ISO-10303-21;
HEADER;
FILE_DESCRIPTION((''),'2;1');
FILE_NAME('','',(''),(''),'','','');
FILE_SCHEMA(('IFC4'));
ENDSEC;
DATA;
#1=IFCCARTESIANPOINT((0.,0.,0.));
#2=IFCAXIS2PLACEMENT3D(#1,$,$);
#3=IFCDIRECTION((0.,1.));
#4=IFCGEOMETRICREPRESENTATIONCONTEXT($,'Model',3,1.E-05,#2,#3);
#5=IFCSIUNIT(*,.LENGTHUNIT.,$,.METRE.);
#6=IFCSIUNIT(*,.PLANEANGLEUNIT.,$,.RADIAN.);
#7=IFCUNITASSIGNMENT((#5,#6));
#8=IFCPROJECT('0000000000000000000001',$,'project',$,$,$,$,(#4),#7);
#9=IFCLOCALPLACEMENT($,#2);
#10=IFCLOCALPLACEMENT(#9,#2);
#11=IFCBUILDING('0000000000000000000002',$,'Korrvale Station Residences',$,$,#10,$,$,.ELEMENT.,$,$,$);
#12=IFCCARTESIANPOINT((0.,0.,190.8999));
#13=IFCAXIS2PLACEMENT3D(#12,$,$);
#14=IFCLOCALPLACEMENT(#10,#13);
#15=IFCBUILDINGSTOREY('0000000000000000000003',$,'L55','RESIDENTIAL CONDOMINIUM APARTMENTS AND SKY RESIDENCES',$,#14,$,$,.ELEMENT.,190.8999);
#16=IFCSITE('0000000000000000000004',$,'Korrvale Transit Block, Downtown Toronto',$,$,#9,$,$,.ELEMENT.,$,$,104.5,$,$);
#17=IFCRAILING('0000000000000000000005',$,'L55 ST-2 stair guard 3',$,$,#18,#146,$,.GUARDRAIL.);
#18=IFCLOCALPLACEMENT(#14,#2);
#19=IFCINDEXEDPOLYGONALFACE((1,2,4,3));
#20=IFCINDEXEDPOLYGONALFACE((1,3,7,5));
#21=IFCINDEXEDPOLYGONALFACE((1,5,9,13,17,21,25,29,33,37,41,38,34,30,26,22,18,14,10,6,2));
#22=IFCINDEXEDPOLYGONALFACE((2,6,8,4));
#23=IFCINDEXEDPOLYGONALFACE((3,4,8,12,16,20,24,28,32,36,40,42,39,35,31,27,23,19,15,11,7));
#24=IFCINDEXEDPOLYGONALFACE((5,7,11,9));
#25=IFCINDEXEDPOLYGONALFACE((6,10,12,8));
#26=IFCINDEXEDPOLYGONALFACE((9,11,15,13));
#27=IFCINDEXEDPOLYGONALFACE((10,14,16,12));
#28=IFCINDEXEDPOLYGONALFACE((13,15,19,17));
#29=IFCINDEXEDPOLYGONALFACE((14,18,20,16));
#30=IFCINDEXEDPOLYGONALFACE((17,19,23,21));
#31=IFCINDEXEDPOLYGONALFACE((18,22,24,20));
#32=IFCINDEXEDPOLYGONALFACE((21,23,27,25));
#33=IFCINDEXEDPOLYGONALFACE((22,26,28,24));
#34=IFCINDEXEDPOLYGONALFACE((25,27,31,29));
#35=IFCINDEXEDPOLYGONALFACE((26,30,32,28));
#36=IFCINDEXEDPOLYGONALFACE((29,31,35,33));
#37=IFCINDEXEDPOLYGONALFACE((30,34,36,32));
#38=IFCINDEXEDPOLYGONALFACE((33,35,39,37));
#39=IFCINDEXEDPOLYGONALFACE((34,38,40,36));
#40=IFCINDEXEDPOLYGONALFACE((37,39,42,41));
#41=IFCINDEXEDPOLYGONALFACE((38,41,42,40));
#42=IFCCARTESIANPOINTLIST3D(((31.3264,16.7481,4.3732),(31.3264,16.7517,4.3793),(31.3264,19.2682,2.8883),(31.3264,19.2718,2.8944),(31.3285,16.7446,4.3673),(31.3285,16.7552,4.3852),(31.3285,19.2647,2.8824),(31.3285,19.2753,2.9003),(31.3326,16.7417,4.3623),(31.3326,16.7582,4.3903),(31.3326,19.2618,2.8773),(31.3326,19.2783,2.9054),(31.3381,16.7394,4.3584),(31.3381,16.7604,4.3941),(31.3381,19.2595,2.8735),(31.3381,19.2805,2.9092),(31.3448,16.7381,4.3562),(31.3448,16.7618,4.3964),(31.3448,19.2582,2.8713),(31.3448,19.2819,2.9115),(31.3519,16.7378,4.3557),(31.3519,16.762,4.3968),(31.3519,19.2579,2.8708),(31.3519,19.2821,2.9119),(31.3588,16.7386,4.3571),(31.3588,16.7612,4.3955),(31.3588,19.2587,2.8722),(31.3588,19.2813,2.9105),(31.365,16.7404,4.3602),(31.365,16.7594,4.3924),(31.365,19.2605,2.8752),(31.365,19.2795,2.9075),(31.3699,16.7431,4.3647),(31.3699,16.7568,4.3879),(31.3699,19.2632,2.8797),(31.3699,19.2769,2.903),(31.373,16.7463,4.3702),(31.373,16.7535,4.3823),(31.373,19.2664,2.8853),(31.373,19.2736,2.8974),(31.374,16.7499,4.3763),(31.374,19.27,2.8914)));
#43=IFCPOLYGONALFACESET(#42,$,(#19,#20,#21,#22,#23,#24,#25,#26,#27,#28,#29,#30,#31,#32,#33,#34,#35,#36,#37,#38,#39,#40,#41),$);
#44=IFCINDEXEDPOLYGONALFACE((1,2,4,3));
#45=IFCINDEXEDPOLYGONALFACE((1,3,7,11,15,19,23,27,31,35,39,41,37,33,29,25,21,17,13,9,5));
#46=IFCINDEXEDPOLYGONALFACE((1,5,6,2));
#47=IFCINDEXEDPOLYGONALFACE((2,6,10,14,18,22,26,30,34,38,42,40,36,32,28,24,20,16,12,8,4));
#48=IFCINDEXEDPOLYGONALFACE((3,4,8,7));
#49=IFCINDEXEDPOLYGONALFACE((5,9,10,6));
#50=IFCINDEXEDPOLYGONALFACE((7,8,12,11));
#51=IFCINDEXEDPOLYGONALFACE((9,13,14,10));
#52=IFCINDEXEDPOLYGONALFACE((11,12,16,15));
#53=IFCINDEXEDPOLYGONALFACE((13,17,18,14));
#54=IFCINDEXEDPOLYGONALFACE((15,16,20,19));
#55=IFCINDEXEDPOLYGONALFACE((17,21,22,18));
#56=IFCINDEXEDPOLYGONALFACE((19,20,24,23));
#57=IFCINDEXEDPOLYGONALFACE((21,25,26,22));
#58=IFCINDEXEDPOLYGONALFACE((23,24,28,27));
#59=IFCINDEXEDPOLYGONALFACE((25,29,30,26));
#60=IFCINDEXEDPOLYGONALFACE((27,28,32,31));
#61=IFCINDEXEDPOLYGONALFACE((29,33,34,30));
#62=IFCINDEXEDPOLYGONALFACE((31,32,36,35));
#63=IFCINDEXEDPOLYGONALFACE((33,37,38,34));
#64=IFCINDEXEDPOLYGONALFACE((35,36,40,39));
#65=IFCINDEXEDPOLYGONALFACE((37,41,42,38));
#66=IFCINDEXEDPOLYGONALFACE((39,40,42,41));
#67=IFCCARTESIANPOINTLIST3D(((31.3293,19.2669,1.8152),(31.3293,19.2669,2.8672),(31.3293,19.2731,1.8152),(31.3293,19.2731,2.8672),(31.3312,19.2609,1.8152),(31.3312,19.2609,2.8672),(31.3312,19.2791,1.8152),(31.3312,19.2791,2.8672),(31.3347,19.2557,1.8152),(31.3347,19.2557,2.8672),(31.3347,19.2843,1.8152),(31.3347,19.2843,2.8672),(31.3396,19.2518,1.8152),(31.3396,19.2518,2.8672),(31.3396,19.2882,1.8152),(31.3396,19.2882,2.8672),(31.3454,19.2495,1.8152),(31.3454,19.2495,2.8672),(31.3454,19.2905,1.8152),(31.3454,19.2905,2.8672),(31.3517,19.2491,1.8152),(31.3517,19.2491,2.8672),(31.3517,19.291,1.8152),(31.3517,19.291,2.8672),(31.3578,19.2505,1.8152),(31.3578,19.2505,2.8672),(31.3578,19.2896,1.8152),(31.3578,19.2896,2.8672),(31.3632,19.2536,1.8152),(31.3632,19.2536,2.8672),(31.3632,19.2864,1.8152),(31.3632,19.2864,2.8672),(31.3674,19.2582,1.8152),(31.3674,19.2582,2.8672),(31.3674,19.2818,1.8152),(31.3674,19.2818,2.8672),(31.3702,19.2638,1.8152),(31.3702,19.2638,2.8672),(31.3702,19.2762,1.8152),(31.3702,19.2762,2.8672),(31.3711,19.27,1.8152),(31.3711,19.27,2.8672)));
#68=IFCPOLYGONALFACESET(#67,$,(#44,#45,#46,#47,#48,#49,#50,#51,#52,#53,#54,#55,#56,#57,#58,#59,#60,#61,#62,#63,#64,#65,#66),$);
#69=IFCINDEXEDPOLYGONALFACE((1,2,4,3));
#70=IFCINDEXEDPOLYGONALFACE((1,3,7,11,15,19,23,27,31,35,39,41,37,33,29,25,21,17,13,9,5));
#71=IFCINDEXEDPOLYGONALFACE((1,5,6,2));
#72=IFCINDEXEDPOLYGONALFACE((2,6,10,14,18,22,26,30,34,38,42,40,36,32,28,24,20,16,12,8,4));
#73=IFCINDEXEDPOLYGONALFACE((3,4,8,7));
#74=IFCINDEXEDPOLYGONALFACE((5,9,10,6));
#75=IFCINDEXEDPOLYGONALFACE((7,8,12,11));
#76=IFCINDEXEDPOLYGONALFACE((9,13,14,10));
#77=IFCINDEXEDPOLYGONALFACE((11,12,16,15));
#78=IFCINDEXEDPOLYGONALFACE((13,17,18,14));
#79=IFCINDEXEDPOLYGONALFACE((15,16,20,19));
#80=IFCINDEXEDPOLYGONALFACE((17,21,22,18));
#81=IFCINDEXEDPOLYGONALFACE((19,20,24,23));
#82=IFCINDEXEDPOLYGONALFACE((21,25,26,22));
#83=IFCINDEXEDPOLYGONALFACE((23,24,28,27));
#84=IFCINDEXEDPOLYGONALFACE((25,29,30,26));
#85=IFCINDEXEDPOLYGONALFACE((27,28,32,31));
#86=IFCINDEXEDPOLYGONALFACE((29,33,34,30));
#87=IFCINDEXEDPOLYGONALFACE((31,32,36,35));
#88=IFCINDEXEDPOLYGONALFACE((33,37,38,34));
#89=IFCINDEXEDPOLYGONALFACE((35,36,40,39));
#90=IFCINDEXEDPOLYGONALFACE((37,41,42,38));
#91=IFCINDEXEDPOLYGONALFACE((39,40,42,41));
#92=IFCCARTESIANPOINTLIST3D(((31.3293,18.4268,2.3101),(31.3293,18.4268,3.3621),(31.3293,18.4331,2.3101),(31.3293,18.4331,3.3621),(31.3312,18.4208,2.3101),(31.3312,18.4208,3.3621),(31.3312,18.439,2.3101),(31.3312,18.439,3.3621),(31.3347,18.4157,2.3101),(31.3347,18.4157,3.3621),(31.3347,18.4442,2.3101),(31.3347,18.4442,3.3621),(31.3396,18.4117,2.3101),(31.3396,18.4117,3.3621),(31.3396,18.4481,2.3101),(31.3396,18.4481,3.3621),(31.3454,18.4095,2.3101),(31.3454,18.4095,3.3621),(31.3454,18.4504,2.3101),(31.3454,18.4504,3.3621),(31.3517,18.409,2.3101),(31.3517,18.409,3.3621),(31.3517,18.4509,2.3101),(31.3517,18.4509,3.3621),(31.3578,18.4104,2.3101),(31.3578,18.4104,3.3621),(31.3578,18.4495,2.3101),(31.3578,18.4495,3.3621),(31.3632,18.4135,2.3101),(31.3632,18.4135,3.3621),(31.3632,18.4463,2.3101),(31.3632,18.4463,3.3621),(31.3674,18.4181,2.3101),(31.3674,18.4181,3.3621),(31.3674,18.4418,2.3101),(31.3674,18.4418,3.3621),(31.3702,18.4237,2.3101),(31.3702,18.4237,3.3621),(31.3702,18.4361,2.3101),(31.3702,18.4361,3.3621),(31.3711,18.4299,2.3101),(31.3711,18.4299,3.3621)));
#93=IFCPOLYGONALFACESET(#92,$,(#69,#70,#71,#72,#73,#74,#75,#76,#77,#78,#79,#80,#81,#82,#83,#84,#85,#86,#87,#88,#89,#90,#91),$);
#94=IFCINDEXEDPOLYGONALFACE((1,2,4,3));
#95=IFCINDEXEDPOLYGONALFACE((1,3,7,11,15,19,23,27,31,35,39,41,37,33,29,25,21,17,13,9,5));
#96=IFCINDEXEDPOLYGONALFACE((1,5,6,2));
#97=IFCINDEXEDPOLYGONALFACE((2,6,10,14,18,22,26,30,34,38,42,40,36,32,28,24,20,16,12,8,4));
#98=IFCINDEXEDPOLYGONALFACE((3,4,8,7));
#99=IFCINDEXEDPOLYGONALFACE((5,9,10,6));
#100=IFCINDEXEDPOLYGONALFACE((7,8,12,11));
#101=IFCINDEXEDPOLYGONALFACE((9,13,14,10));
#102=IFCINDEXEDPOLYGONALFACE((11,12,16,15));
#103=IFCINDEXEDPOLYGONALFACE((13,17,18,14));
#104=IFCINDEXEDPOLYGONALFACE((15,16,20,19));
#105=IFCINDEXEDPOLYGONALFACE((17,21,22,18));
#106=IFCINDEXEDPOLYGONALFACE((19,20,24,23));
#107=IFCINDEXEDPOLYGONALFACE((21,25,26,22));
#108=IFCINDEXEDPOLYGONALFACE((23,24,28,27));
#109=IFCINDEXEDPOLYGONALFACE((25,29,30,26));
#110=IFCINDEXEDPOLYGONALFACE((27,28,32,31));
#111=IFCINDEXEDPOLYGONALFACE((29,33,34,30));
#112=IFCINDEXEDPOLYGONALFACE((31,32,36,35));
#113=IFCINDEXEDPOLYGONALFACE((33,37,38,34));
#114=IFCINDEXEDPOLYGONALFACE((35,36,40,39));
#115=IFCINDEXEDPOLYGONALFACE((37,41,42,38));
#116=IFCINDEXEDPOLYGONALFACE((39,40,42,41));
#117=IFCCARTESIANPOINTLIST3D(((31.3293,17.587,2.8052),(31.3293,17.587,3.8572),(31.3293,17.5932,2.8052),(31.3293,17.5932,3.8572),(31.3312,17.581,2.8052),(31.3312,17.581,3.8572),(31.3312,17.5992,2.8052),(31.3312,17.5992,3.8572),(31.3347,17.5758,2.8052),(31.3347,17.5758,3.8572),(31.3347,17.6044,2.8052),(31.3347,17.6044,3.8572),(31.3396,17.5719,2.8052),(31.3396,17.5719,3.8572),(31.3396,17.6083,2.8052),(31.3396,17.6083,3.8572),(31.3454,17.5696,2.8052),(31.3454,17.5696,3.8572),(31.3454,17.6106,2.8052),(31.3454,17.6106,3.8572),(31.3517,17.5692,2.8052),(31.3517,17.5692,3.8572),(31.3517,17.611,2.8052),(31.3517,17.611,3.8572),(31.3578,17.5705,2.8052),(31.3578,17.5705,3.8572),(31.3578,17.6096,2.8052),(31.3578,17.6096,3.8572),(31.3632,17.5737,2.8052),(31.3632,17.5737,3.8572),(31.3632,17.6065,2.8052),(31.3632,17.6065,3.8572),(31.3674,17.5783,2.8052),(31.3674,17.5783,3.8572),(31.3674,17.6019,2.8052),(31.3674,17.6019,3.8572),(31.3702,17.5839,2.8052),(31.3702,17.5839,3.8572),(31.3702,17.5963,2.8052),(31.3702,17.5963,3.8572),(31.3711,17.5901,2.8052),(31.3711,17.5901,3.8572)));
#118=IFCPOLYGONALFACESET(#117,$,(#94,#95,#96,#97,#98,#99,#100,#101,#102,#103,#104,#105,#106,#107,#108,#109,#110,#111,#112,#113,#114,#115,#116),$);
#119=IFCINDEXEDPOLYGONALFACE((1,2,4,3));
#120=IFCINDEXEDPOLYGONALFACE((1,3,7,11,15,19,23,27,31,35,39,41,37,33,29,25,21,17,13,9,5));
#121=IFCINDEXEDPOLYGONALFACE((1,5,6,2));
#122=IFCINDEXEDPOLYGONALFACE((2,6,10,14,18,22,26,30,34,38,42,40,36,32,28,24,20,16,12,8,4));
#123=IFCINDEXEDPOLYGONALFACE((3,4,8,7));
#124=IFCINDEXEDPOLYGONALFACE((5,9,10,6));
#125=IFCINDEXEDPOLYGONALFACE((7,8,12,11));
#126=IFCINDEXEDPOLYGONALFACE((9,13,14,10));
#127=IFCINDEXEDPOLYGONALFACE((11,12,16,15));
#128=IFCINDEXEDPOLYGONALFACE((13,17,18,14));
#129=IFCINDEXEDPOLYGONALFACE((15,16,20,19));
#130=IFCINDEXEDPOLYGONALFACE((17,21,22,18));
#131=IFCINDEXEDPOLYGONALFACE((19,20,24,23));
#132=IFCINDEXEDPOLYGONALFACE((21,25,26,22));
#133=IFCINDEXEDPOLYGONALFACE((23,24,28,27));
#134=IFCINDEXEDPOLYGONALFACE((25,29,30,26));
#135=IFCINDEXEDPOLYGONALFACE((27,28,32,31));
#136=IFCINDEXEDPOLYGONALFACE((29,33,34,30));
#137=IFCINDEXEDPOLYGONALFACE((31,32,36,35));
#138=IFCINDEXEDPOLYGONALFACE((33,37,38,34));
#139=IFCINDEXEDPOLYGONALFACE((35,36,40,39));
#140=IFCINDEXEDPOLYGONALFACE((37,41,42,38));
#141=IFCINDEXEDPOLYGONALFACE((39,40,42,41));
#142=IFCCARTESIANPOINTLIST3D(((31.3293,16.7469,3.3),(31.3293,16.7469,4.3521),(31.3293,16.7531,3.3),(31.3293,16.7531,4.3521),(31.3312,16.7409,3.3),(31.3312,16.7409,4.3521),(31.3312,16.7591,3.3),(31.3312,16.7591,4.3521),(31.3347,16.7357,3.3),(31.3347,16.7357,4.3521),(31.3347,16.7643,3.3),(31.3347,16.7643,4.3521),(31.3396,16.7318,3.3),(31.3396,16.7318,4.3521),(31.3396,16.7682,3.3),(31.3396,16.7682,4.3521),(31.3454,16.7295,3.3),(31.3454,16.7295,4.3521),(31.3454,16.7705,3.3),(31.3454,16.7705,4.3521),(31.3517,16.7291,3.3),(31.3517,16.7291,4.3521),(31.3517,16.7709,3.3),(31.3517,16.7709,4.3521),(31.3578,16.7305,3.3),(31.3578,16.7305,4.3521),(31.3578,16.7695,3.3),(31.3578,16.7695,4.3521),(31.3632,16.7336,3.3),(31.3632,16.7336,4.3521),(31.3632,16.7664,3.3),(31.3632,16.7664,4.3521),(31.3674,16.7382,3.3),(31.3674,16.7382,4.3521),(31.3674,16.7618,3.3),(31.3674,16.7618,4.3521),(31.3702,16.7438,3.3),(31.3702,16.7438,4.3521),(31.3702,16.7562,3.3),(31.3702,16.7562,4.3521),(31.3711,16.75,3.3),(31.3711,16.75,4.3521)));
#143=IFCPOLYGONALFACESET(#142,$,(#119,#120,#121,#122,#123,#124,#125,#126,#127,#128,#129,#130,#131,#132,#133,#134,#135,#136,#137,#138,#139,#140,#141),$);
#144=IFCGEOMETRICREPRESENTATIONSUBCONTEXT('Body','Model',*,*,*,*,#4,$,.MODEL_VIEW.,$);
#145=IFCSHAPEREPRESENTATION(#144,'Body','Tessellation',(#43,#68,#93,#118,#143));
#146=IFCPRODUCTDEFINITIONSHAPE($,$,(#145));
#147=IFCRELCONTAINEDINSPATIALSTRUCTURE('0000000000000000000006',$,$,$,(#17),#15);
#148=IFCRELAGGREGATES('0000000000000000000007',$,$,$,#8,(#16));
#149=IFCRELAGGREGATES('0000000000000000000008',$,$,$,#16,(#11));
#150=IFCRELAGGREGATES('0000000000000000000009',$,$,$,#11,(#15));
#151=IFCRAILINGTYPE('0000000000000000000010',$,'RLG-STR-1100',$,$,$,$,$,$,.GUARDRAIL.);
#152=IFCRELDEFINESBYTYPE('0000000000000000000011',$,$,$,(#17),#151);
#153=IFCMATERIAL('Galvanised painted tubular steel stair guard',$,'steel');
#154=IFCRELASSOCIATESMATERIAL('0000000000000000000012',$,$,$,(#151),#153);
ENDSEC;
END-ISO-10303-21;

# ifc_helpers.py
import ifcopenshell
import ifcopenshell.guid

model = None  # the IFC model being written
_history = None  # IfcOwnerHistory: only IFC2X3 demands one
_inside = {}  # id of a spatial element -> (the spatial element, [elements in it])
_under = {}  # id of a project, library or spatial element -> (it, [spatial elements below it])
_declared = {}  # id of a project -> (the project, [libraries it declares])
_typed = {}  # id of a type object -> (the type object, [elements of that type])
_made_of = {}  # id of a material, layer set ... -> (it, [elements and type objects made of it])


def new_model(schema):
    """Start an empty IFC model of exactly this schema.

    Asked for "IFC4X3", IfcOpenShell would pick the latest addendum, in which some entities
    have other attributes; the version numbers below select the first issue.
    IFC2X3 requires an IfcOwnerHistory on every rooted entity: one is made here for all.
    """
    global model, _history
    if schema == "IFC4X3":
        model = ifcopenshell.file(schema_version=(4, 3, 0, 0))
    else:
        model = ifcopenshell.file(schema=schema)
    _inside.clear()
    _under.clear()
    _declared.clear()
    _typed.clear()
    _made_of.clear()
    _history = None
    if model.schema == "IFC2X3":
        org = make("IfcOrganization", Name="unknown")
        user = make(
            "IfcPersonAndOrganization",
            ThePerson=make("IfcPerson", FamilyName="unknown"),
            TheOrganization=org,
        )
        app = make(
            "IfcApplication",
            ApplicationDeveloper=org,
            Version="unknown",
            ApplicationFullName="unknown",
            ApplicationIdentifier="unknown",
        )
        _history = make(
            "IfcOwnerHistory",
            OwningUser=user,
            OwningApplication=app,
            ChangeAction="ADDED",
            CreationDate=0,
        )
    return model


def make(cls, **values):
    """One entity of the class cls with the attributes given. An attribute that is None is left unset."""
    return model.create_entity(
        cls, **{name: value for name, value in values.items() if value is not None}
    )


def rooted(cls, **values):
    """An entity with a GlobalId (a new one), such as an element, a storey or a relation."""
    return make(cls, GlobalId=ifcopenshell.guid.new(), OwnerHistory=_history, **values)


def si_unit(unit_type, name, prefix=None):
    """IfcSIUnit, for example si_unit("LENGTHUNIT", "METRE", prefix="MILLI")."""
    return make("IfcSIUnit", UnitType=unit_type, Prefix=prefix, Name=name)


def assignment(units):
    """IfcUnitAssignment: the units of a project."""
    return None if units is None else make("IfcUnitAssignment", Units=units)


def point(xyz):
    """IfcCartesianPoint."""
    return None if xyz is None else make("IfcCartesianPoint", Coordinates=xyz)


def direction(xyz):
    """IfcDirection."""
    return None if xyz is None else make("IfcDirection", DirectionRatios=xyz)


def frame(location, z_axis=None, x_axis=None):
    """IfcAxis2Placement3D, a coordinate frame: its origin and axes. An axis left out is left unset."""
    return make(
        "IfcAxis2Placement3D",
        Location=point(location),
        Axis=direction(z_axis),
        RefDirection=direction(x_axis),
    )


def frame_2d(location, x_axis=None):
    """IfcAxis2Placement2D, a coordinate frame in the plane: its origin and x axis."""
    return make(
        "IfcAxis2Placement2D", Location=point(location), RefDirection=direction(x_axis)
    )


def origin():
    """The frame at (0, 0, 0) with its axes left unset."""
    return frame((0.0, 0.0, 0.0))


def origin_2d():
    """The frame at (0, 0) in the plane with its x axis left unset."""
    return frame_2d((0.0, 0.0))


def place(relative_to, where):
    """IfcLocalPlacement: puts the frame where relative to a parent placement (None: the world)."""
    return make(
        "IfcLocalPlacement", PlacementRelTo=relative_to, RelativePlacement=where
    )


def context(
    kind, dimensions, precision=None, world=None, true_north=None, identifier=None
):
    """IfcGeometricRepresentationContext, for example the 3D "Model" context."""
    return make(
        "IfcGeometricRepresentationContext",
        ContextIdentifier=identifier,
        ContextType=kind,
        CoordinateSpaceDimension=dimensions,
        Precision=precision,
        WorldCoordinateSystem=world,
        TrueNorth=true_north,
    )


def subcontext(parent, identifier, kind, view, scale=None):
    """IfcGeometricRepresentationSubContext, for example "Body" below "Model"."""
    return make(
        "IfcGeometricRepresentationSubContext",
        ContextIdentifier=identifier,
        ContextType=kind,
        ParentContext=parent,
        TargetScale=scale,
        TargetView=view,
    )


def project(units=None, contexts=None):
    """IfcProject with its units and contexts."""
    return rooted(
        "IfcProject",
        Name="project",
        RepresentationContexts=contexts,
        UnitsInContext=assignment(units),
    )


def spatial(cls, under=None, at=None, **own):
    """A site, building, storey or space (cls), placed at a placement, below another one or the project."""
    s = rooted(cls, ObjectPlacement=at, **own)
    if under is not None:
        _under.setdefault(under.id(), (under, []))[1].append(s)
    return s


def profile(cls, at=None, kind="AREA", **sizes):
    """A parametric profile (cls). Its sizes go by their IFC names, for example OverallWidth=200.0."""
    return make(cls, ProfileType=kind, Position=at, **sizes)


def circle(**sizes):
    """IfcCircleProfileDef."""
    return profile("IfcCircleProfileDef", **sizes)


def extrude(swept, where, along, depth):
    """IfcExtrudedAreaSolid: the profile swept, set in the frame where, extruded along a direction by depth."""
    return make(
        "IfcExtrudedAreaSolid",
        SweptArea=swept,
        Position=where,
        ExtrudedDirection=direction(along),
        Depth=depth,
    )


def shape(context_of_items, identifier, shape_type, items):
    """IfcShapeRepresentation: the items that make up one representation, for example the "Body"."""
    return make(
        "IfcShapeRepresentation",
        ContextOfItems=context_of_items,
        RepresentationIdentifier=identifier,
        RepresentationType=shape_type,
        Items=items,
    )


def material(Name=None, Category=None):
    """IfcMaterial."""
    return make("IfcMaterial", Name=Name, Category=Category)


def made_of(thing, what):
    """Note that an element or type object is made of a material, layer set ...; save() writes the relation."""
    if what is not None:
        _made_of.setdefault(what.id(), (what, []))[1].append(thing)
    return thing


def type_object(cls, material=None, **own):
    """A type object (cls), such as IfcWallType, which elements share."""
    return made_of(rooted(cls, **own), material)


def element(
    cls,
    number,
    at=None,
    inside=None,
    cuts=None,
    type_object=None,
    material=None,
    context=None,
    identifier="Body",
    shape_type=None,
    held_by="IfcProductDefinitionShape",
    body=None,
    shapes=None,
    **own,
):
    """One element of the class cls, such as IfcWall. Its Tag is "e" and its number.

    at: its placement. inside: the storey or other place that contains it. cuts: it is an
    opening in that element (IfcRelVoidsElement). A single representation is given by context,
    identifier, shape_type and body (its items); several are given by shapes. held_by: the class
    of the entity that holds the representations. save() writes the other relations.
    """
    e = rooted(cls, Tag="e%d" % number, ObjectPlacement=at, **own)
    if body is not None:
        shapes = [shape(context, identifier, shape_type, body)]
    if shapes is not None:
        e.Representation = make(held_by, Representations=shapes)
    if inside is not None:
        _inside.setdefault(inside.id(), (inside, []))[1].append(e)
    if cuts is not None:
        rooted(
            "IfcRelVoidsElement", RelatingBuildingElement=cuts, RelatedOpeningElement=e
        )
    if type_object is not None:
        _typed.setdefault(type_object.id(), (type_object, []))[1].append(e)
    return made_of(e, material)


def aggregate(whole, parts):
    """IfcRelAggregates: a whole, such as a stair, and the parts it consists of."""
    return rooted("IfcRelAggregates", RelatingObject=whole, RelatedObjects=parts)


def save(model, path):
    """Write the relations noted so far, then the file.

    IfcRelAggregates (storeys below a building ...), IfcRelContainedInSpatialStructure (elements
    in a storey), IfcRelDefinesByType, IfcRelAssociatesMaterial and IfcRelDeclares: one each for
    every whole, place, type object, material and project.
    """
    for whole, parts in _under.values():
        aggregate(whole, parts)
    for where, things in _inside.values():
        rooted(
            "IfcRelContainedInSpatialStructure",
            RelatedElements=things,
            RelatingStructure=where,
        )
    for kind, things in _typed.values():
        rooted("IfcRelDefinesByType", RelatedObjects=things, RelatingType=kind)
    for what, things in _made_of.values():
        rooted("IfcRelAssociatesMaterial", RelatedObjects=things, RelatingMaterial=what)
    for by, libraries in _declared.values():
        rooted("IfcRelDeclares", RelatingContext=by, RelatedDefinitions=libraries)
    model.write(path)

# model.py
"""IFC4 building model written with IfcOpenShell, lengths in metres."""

from ifc_helpers import new_model, si_unit, direction, frame, origin, origin_2d, place, context, subcontext, project, spatial, circle, extrude, material, type_object, element, save


model = new_model("IFC4")

# Units and contexts
model_context = context("Model", 3, precision=1e-05, world=origin(), true_north=direction((0.0, 1.0)))
body_context = subcontext(model_context, "Body", "Model", "MODEL_VIEW")
ifc_project = project(units=[si_unit("LENGTHUNIT", "METRE"), si_unit("PLANEANGLEUNIT", "RADIAN")], contexts=[model_context])

# Site, building, storey
site_placement = place(None, origin())
site = spatial("IfcSite", under=ifc_project, at=site_placement, Name="Korrvale Transit Block, Downtown Toronto", CompositionType="ELEMENT", RefElevation=104.5)
building_placement = place(site_placement, origin())
building = spatial("IfcBuilding", under=site, at=building_placement, Name="Korrvale Station Residences", CompositionType="ELEMENT")
storey_placement = place(building_placement, frame((0.0, 0.0, 190.8999)))
storey = spatial("IfcBuildingStorey", under=building, at=storey_placement, Name="L55", Description="RESIDENTIAL CONDOMINIUM APARTMENTS AND SKY RESIDENCES", CompositionType="ELEMENT", Elevation=190.8999)

# Railing
ifc_material_1 = material(Name="Galvanised painted tubular steel stair guard", Category="steel")
railing_type_1 = type_object("IfcRailingType", Name="RLG-STR-1100", PredefinedType="GUARDRAIL", material=ifc_material_1)
railing_1_placement = place(storey_placement, frame((31.3501, 19.27, 1.8152)))
element("IfcRailing", 1, at=railing_1_placement, inside=storey, type_object=railing_type_1, Name="L55 ST-2 stair guard 3", PredefinedType="GUARDRAIL", context=body_context, shape_type="SweptSolid", body=[
    extrude(circle(Radius=0.0239, at=origin_2d()), frame((0.0, 0.0, 1.0762), z_axis=(0.0, -0.861561, 0.507655), x_axis=(1.0, 0.0, 0.0)), (0.0, 0.0, 1.0), 2.925),
    extrude(circle(Radius=0.021, at=origin_2d()), origin(), (0.0, 0.0, 1.0), 1.052),
    extrude(circle(Radius=0.021, at=origin_2d()), frame((0.0, -0.8401, 0.4949)), (0.0, 0.0, 1.0), 1.052),
    extrude(circle(Radius=0.021, at=origin_2d()), frame((0.0, -1.6799, 0.99)), (0.0, 0.0, 1.0), 1.052),
    extrude(circle(Radius=0.021, at=origin_2d()), frame((0.0, -2.52, 1.4849)), (0.0, 0.0, 1.0), 1.052),
])

save(model, "model.ifc")
